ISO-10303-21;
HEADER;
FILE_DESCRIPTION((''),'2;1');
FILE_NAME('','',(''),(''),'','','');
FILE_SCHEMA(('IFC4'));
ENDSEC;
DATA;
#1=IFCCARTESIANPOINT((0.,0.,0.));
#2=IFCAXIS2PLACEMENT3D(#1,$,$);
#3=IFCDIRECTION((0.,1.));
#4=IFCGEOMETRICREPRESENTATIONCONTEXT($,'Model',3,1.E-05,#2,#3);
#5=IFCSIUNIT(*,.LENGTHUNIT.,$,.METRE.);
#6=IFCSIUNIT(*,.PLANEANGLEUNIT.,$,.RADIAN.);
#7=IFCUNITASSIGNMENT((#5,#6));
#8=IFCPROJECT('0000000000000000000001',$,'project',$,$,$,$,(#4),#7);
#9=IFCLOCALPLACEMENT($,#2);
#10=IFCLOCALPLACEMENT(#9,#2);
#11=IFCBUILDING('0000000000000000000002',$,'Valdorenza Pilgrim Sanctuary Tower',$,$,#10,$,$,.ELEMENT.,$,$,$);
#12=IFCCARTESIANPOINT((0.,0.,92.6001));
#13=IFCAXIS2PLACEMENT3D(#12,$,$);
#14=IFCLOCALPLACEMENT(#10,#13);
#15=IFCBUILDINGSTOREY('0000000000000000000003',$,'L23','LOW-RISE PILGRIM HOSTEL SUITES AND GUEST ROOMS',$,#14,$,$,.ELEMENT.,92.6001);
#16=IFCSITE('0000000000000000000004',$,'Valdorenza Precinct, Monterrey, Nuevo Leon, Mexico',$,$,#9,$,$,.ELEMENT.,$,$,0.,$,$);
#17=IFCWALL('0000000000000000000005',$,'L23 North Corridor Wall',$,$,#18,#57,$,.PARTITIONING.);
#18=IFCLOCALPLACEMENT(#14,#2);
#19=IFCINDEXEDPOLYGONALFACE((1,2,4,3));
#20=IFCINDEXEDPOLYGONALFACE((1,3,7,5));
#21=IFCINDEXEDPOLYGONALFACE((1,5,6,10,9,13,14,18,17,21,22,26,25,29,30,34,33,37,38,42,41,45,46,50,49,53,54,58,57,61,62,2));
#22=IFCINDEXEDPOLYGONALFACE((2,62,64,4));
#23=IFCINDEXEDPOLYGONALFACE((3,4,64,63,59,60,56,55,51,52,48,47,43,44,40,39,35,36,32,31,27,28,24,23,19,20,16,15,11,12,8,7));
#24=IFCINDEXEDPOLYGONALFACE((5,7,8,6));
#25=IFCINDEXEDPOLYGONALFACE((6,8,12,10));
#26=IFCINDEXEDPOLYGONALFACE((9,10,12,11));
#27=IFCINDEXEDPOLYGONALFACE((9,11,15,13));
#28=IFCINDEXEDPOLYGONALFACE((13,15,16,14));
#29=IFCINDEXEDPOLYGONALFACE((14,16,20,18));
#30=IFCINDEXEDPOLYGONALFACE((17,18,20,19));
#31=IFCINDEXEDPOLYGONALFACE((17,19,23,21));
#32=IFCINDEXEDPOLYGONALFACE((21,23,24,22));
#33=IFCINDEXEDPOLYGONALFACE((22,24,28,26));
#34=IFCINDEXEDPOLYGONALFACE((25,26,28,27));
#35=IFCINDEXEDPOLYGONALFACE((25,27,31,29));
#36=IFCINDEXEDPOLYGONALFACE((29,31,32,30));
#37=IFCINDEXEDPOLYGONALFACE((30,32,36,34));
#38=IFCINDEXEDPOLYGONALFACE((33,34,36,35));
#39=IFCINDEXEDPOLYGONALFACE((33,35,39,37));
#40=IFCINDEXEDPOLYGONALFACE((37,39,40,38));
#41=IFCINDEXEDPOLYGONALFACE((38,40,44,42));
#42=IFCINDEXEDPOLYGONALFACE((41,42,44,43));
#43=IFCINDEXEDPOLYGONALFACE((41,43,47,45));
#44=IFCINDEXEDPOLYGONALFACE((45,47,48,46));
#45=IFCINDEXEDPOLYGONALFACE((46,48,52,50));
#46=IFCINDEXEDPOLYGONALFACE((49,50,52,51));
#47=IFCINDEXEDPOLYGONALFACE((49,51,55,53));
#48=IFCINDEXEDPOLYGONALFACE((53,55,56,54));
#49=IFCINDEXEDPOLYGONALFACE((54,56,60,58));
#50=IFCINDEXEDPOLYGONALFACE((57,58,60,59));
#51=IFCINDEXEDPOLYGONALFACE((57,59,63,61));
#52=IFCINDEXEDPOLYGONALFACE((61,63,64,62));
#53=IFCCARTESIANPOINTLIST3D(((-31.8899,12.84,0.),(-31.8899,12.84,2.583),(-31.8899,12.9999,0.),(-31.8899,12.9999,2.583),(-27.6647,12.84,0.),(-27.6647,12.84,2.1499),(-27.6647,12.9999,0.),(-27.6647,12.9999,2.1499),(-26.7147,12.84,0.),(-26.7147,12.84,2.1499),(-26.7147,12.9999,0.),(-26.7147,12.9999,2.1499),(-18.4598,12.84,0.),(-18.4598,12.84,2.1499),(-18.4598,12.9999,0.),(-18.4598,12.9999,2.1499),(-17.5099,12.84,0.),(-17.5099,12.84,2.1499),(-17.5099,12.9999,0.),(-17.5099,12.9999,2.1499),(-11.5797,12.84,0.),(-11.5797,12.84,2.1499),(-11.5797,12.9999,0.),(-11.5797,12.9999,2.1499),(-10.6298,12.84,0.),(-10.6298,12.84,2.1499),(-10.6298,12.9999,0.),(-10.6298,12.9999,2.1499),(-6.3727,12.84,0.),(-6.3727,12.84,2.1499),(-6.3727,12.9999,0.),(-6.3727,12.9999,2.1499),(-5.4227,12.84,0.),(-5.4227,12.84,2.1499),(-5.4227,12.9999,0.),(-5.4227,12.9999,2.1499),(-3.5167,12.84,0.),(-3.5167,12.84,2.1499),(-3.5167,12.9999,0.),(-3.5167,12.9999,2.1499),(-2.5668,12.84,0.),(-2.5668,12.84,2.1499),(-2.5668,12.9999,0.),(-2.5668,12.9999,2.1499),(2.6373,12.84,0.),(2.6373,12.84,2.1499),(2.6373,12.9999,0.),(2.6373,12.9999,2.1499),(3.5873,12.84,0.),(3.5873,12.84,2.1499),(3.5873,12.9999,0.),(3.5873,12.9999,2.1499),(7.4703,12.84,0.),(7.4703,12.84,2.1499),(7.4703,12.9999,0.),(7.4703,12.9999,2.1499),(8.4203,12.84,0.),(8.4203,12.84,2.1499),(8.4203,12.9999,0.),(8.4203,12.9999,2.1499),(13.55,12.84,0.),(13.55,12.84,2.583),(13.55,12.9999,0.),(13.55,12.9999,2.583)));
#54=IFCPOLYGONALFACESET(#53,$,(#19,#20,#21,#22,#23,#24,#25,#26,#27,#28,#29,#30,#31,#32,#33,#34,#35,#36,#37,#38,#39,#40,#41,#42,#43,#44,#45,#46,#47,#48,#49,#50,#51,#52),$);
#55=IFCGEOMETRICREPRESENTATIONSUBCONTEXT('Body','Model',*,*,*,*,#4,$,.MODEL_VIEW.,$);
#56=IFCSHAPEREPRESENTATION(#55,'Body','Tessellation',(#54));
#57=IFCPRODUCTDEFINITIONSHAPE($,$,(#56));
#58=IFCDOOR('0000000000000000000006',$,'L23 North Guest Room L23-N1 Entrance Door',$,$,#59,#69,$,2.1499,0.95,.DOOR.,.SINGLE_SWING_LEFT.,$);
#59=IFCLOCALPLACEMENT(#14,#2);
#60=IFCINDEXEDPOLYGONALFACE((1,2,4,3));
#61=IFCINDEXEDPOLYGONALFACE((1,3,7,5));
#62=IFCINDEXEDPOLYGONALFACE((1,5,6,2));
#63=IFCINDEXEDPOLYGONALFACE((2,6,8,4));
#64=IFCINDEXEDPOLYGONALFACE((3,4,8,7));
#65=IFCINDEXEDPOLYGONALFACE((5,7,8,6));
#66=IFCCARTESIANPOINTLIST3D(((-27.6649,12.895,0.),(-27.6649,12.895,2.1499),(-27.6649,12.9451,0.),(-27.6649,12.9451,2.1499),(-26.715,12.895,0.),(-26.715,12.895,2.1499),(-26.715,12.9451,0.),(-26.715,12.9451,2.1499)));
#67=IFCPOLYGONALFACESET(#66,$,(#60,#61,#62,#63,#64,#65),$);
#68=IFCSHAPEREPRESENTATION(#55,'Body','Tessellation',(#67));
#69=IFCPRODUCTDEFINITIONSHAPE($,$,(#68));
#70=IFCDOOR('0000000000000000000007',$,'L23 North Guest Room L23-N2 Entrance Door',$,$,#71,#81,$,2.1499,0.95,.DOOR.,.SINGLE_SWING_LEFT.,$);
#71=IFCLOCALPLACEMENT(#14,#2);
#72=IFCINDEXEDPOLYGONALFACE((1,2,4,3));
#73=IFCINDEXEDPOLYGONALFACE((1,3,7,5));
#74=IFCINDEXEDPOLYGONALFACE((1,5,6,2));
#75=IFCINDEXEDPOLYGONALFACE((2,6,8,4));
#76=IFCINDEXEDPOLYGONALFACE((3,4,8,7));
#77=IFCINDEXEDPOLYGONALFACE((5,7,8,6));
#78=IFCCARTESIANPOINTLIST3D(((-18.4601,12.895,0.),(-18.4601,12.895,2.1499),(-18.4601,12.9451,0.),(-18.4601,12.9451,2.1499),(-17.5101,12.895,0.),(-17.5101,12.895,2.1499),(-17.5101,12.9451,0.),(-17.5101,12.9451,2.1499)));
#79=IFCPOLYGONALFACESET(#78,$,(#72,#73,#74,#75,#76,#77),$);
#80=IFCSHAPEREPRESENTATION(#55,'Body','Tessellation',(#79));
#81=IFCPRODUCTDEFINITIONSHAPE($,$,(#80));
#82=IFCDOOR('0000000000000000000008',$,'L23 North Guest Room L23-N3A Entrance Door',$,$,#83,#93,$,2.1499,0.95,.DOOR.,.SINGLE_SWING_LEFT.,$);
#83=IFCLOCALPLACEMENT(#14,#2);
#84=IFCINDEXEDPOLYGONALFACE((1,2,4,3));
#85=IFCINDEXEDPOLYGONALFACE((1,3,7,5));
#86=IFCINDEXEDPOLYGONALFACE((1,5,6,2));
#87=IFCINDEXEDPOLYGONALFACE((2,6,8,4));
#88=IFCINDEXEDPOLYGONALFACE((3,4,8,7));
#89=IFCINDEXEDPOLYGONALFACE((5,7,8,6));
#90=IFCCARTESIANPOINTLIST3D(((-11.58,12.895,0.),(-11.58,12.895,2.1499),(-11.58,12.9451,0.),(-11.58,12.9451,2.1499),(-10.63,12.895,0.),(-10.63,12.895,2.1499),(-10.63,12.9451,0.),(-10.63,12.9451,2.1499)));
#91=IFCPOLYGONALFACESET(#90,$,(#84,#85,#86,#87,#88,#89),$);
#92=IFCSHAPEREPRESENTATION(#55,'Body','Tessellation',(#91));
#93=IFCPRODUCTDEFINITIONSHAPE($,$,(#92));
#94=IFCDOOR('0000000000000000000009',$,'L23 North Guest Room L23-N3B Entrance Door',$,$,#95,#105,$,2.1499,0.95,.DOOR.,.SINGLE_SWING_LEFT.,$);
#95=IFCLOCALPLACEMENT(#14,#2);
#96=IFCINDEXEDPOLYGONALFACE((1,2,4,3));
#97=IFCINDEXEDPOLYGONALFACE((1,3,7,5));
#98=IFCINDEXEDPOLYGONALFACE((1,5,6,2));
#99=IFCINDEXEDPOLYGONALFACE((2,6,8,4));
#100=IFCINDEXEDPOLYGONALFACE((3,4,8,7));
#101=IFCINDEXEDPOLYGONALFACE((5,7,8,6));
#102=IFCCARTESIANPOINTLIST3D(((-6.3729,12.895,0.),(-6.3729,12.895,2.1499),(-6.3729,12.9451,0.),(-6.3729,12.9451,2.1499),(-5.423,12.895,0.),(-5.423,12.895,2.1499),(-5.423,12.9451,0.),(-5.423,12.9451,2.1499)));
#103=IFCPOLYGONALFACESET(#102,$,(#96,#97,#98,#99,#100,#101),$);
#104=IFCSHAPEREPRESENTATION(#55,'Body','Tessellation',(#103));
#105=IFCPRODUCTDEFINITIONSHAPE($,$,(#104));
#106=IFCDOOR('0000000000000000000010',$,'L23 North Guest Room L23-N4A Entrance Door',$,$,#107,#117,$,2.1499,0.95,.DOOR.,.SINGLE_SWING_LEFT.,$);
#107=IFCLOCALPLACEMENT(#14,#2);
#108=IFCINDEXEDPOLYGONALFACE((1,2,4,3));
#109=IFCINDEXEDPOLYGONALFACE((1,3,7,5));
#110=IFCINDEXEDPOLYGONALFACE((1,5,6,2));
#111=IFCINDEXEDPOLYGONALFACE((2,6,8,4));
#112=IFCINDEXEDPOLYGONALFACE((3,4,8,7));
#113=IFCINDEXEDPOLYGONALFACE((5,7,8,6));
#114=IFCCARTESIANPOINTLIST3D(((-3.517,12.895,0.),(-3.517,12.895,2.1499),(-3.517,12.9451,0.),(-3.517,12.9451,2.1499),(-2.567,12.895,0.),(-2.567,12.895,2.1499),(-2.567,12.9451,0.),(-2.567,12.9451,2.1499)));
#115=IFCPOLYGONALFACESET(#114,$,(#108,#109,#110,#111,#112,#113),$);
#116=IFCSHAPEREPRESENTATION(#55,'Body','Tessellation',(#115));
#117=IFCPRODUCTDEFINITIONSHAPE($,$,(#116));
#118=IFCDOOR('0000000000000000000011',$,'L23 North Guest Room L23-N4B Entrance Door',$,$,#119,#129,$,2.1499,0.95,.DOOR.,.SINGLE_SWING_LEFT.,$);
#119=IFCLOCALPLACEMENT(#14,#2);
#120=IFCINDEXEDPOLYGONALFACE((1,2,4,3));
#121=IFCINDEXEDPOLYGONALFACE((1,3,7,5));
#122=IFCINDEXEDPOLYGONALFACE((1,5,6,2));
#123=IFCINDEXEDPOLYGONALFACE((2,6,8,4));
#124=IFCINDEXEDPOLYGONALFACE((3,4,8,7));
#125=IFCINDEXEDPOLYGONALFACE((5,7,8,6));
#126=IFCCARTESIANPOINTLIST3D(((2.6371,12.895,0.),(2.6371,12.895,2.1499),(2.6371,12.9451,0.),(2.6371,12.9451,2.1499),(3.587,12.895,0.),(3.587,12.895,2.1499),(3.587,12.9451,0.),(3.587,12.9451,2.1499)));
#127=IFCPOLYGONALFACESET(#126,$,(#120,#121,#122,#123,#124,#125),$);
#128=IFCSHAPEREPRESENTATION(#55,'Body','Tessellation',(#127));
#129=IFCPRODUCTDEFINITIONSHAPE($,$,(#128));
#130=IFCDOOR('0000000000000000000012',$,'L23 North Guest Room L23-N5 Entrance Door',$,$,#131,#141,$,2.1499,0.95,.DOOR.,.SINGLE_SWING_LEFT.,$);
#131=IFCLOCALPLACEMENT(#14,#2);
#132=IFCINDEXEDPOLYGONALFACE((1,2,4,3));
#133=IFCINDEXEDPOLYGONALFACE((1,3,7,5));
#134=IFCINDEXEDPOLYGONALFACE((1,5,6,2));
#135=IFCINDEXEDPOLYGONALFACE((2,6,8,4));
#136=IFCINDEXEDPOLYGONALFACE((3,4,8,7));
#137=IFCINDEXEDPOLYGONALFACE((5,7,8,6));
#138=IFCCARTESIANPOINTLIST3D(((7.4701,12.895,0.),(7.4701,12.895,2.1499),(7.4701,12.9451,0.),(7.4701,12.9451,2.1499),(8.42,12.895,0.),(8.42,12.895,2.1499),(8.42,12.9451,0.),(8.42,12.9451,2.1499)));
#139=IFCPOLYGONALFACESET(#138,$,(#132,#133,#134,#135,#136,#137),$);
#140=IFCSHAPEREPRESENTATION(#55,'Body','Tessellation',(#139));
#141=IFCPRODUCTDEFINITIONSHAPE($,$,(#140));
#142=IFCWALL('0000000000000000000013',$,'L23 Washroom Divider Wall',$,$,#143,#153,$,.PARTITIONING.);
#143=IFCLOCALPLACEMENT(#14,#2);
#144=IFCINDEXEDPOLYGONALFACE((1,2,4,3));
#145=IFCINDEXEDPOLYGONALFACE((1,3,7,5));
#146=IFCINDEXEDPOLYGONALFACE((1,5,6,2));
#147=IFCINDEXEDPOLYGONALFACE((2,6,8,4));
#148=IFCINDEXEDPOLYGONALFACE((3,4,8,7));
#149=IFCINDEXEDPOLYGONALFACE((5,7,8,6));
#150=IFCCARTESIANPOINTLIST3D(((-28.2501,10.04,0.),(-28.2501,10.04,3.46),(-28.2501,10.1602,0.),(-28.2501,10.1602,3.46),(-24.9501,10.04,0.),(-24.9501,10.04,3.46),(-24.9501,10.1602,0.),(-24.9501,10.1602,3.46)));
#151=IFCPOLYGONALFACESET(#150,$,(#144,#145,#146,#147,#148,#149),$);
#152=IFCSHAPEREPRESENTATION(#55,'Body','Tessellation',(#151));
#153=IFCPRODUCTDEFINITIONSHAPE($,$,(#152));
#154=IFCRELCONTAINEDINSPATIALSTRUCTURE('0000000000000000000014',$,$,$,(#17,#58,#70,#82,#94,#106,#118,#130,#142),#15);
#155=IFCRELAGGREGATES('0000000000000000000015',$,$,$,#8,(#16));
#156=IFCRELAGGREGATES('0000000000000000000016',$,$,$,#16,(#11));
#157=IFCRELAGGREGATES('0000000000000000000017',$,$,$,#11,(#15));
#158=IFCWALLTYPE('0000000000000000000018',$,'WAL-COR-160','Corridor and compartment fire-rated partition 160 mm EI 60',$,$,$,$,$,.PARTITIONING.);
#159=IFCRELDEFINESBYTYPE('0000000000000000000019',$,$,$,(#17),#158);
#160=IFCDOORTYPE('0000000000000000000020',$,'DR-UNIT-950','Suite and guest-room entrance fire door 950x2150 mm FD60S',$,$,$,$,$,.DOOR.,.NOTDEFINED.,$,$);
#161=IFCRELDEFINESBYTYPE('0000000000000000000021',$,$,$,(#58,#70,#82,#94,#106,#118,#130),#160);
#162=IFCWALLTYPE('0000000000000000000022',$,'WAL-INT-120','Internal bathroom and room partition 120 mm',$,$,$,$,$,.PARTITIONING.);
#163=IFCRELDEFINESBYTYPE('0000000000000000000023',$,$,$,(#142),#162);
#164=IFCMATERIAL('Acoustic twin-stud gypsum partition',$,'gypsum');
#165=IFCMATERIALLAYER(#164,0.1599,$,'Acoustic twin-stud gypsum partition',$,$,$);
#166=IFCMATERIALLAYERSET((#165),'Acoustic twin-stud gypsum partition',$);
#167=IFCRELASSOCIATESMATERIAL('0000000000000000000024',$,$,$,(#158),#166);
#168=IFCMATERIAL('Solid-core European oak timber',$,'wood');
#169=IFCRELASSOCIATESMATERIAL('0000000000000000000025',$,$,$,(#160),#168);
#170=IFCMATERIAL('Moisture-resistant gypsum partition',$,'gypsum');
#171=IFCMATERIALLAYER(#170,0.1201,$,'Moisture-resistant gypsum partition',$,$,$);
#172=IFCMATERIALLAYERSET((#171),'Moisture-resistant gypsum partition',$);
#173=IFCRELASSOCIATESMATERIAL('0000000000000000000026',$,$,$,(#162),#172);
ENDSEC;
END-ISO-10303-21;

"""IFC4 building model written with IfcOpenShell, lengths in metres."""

from ifc_helpers import new_model, si_unit, direction, frame, frame_2d, origin, place, context, subcontext, project, spatial, rectangle, extrude, material, layer, layer_set, type_object, element, fill, save


model = new_model("IFC4")

# Units and contexts
model_context = context("Model", 3, precision=1e-05, world=origin(), true_north=direction((0.0, 1.0)))
body_context = subcontext(model_context, "Body", "Model", "MODEL_VIEW")
ifc_project = project(units=[si_unit("LENGTHUNIT", "METRE"), si_unit("PLANEANGLEUNIT", "RADIAN")], contexts=[model_context])

# Site, building, storey
site_placement = place(None, origin())
site = spatial("IfcSite", under=ifc_project, at=site_placement, Name="Valdorenza Precinct, Monterrey, Nuevo Leon, Mexico", CompositionType="ELEMENT", RefElevation=0.0)
building_placement = place(site_placement, origin())
building = spatial("IfcBuilding", under=site, at=building_placement, Name="Valdorenza Pilgrim Sanctuary Tower", CompositionType="ELEMENT")
storey_placement = place(building_placement, frame((0.0, 0.0, 92.6001)))
storey = spatial("IfcBuildingStorey", under=building, at=storey_placement, Name="L23", Description="LOW-RISE PILGRIM HOSTEL SUITES AND GUEST ROOMS", CompositionType="ELEMENT", Elevation=92.6001)

# Shared definitions
ifc_material_1 = material(Name="Acoustic twin-stud gypsum partition", Category="gypsum")
ifc_layer_1 = layer(ifc_material_1, 0.1599, Name="Acoustic twin-stud gypsum partition")
ifc_layer_set_1 = layer_set([ifc_layer_1], Name="Acoustic twin-stud gypsum partition")
wall_type_1 = type_object("IfcWallType", Name="WAL-COR-160", Description="Corridor and compartment fire-rated partition 160 mm EI 60", PredefinedType="PARTITIONING", material=ifc_layer_set_1)

# Wall, openings, doors
wall_1_placement = place(storey_placement, frame((-31.8899, 12.9199, 0.0), z_axis=(0.0, 0.0, 1.0), x_axis=(1.0, 0.0, 0.0)))
wall_1 = element("IfcWall", 1, at=wall_1_placement, inside=storey, type_object=wall_type_1, Name="L23 North Corridor Wall", PredefinedType="PARTITIONING", context=body_context, shape_type="SweptSolid", body=[
    extrude(rectangle(XDim=45.4399, YDim=0.1599, at=frame_2d((22.72, 0.0))), origin(), (0.0, 0.0, 1.0), 2.583),
])
opening_1_placement = place(wall_1_placement, frame((4.2251, 0.0, 0.0)))
opening_1 = element("IfcOpeningElement", 2, at=opening_1_placement, cuts=wall_1, PredefinedType="OPENING", context=body_context, shape_type="SweptSolid", body=[
    extrude(rectangle(XDim=0.95, YDim=2.1499, at=frame_2d((0.4751, 1.075))), frame((0.0, 0.0947, 0.0), z_axis=(0.0, -1.0, 0.0), x_axis=(1.0, 0.0, 0.0)), (0.0, 0.0, 1.0), 0.1897),
])
opening_2_placement = place(wall_1_placement, frame((13.4299, 0.0, 0.0)))
opening_2 = element("IfcOpeningElement", 3, at=opening_2_placement, cuts=wall_1, PredefinedType="OPENING", context=body_context, shape_type="SweptSolid", body=[
    extrude(rectangle(XDim=0.95, YDim=2.1499, at=frame_2d((0.4751, 1.075))), frame((0.0, 0.0947, 0.0), z_axis=(0.0, -1.0, 0.0), x_axis=(1.0, 0.0, 0.0)), (0.0, 0.0, 1.0), 0.1897),
])
opening_3_placement = place(wall_1_placement, frame((20.3101, 0.0, 0.0)))
opening_3 = element("IfcOpeningElement", 4, at=opening_3_placement, cuts=wall_1, PredefinedType="OPENING", context=body_context, shape_type="SweptSolid", body=[
    extrude(rectangle(XDim=0.95, YDim=2.1499, at=frame_2d((0.4751, 1.075))), frame((0.0, 0.0947, 0.0), z_axis=(0.0, -1.0, 0.0), x_axis=(1.0, 0.0, 0.0)), (0.0, 0.0, 1.0), 0.1897),
])
opening_4_placement = place(wall_1_placement, frame((25.5171, 0.0, 0.0)))
opening_4 = element("IfcOpeningElement", 5, at=opening_4_placement, cuts=wall_1, PredefinedType="OPENING", context=body_context, shape_type="SweptSolid", body=[
    extrude(rectangle(XDim=0.95, YDim=2.1499, at=frame_2d((0.4751, 1.075))), frame((0.0, 0.0947, 0.0), z_axis=(0.0, -1.0, 0.0), x_axis=(1.0, 0.0, 0.0)), (0.0, 0.0, 1.0), 0.1897),
])
opening_5_placement = place(wall_1_placement, frame((28.373, 0.0, 0.0)))
opening_5 = element("IfcOpeningElement", 6, at=opening_5_placement, cuts=wall_1, PredefinedType="OPENING", context=body_context, shape_type="SweptSolid", body=[
    extrude(rectangle(XDim=0.95, YDim=2.1499, at=frame_2d((0.4751, 1.075))), frame((0.0, 0.0947, 0.0), z_axis=(0.0, -1.0, 0.0), x_axis=(1.0, 0.0, 0.0)), (0.0, 0.0, 1.0), 0.1897),
])
opening_6_placement = place(wall_1_placement, frame((34.5271, 0.0, 0.0)))
opening_6 = element("IfcOpeningElement", 7, at=opening_6_placement, cuts=wall_1, PredefinedType="OPENING", context=body_context, shape_type="SweptSolid", body=[
    extrude(rectangle(XDim=0.95, YDim=2.1499, at=frame_2d((0.4751, 1.075))), frame((0.0, 0.0947, 0.0), z_axis=(0.0, -1.0, 0.0), x_axis=(1.0, 0.0, 0.0)), (0.0, 0.0, 1.0), 0.1897),
])
opening_7_placement = place(wall_1_placement, frame((39.3601, 0.0, 0.0)))
opening_7 = element("IfcOpeningElement", 8, at=opening_7_placement, cuts=wall_1, PredefinedType="OPENING", context=body_context, shape_type="SweptSolid", body=[
    extrude(rectangle(XDim=0.95, YDim=2.1499, at=frame_2d((0.4751, 1.075))), frame((0.0, 0.0947, 0.0), z_axis=(0.0, -1.0, 0.0), x_axis=(1.0, 0.0, 0.0)), (0.0, 0.0, 1.0), 0.1897),
])
ifc_material_2 = material(Name="Solid-core European oak timber", Category="wood")
door_type = type_object("IfcDoorType", Name="DR-UNIT-950", Description="Suite and guest-room entrance fire door 950x2150 mm FD60S", OperationType="NOTDEFINED", PredefinedType="DOOR", material=ifc_material_2)
door_1_placement = place(opening_1_placement, frame((0.95, 0.0, 0.0), z_axis=(0.0, 0.0, 1.0), x_axis=(-1.0, 0.0, 0.0)))
door_1 = element("IfcDoor", 9, at=door_1_placement, inside=storey, type_object=door_type, Name="L23 North Guest Room L23-N1 Entrance Door", OperationType="SINGLE_SWING_LEFT", OverallHeight=2.1499, OverallWidth=0.95, PredefinedType="DOOR", context=body_context, shape_type="SweptSolid", body=[
    extrude(rectangle(XDim=0.95, YDim=2.1499, at=frame_2d((0.4751, 1.075))), frame((0.0, 0.0249, 0.0), z_axis=(0.0, -1.0, 0.0), x_axis=(1.0, 0.0, 0.0)), (0.0, 0.0, 1.0), 0.05),
])
fill(opening_1, door_1)
door_2_placement = place(opening_2_placement, frame((0.95, 0.0, 0.0), z_axis=(0.0, 0.0, 1.0), x_axis=(-1.0, 0.0, 0.0)))
door_2 = element("IfcDoor", 10, at=door_2_placement, inside=storey, type_object=door_type, Name="L23 North Guest Room L23-N2 Entrance Door", OperationType="SINGLE_SWING_LEFT", OverallHeight=2.1499, OverallWidth=0.95, PredefinedType="DOOR", context=body_context, shape_type="SweptSolid", body=[
    extrude(rectangle(XDim=0.95, YDim=2.1499, at=frame_2d((0.4751, 1.075))), frame((0.0, 0.0249, 0.0), z_axis=(0.0, -1.0, 0.0), x_axis=(1.0, 0.0, 0.0)), (0.0, 0.0, 1.0), 0.05),
])
fill(opening_2, door_2)
door_3_placement = place(opening_3_placement, frame((0.95, 0.0, 0.0), z_axis=(0.0, 0.0, 1.0), x_axis=(-1.0, 0.0, 0.0)))
door_3 = element("IfcDoor", 11, at=door_3_placement, inside=storey, type_object=door_type, Name="L23 North Guest Room L23-N3A Entrance Door", OperationType="SINGLE_SWING_LEFT", OverallHeight=2.1499, OverallWidth=0.95, PredefinedType="DOOR", context=body_context, shape_type="SweptSolid", body=[
    extrude(rectangle(XDim=0.95, YDim=2.1499, at=frame_2d((0.4751, 1.075))), frame((0.0, 0.0249, 0.0), z_axis=(0.0, -1.0, 0.0), x_axis=(1.0, 0.0, 0.0)), (0.0, 0.0, 1.0), 0.05),
])
fill(opening_3, door_3)
door_4_placement = place(opening_4_placement, frame((0.95, 0.0, 0.0), z_axis=(0.0, 0.0, 1.0), x_axis=(-1.0, 0.0, 0.0)))
door_4 = element("IfcDoor", 12, at=door_4_placement, inside=storey, type_object=door_type, Name="L23 North Guest Room L23-N3B Entrance Door", OperationType="SINGLE_SWING_LEFT", OverallHeight=2.1499, OverallWidth=0.95, PredefinedType="DOOR", context=body_context, shape_type="SweptSolid", body=[
    extrude(rectangle(XDim=0.95, YDim=2.1499, at=frame_2d((0.4751, 1.075))), frame((0.0, 0.0249, 0.0), z_axis=(0.0, -1.0, 0.0), x_axis=(1.0, 0.0, 0.0)), (0.0, 0.0, 1.0), 0.05),
])
fill(opening_4, door_4)
door_5_placement = place(opening_5_placement, frame((0.95, 0.0, 0.0), z_axis=(0.0, 0.0, 1.0), x_axis=(-1.0, 0.0, 0.0)))
door_5 = element("IfcDoor", 13, at=door_5_placement, inside=storey, type_object=door_type, Name="L23 North Guest Room L23-N4A Entrance Door", OperationType="SINGLE_SWING_LEFT", OverallHeight=2.1499, OverallWidth=0.95, PredefinedType="DOOR", context=body_context, shape_type="SweptSolid", body=[
    extrude(rectangle(XDim=0.95, YDim=2.1499, at=frame_2d((0.4751, 1.075))), frame((0.0, 0.0249, 0.0), z_axis=(0.0, -1.0, 0.0), x_axis=(1.0, 0.0, 0.0)), (0.0, 0.0, 1.0), 0.05),
])
fill(opening_5, door_5)
door_6_placement = place(opening_6_placement, frame((0.95, 0.0, 0.0), z_axis=(0.0, 0.0, 1.0), x_axis=(-1.0, 0.0, 0.0)))
door_6 = element("IfcDoor", 14, at=door_6_placement, inside=storey, type_object=door_type, Name="L23 North Guest Room L23-N4B Entrance Door", OperationType="SINGLE_SWING_LEFT", OverallHeight=2.1499, OverallWidth=0.95, PredefinedType="DOOR", context=body_context, shape_type="SweptSolid", body=[
    extrude(rectangle(XDim=0.95, YDim=2.1499, at=frame_2d((0.4751, 1.075))), frame((0.0, 0.0249, 0.0), z_axis=(0.0, -1.0, 0.0), x_axis=(1.0, 0.0, 0.0)), (0.0, 0.0, 1.0), 0.05),
])
fill(opening_6, door_6)
door_7_placement = place(opening_7_placement, frame((0.95, 0.0, 0.0), z_axis=(0.0, 0.0, 1.0), x_axis=(-1.0, 0.0, 0.0)))
door_7 = element("IfcDoor", 15, at=door_7_placement, inside=storey, type_object=door_type, Name="L23 North Guest Room L23-N5 Entrance Door", OperationType="SINGLE_SWING_LEFT", OverallHeight=2.1499, OverallWidth=0.95, PredefinedType="DOOR", context=body_context, shape_type="SweptSolid", body=[
    extrude(rectangle(XDim=0.95, YDim=2.1499, at=frame_2d((0.4751, 1.075))), frame((0.0, 0.0249, 0.0), z_axis=(0.0, -1.0, 0.0), x_axis=(1.0, 0.0, 0.0)), (0.0, 0.0, 1.0), 0.05),
])
fill(opening_7, door_7)

# Wall
ifc_material_3 = material(Name="Moisture-resistant gypsum partition", Category="gypsum")
ifc_layer_2 = layer(ifc_material_3, 0.1201, Name="Moisture-resistant gypsum partition")
ifc_layer_set_2 = layer_set([ifc_layer_2], Name="Moisture-resistant gypsum partition")
wall_type_2 = type_object("IfcWallType", Name="WAL-INT-120", Description="Internal bathroom and room partition 120 mm", PredefinedType="PARTITIONING", material=ifc_layer_set_2)
wall_2_placement = place(storey_placement, frame((-28.25, 10.1001, 0.0), z_axis=(0.0, 0.0, 1.0), x_axis=(1.0, 0.0, 0.0)))
element("IfcWall", 16, at=wall_2_placement, inside=storey, type_object=wall_type_2, Name="L23 Washroom Divider Wall", PredefinedType="PARTITIONING", context=body_context, shape_type="SweptSolid", body=[
    extrude(rectangle(XDim=3.3, YDim=0.1201, at=frame_2d((1.6499, 0.0))), origin(), (0.0, 0.0, 1.0), 3.46),
])

save(model, "model.ifc")
